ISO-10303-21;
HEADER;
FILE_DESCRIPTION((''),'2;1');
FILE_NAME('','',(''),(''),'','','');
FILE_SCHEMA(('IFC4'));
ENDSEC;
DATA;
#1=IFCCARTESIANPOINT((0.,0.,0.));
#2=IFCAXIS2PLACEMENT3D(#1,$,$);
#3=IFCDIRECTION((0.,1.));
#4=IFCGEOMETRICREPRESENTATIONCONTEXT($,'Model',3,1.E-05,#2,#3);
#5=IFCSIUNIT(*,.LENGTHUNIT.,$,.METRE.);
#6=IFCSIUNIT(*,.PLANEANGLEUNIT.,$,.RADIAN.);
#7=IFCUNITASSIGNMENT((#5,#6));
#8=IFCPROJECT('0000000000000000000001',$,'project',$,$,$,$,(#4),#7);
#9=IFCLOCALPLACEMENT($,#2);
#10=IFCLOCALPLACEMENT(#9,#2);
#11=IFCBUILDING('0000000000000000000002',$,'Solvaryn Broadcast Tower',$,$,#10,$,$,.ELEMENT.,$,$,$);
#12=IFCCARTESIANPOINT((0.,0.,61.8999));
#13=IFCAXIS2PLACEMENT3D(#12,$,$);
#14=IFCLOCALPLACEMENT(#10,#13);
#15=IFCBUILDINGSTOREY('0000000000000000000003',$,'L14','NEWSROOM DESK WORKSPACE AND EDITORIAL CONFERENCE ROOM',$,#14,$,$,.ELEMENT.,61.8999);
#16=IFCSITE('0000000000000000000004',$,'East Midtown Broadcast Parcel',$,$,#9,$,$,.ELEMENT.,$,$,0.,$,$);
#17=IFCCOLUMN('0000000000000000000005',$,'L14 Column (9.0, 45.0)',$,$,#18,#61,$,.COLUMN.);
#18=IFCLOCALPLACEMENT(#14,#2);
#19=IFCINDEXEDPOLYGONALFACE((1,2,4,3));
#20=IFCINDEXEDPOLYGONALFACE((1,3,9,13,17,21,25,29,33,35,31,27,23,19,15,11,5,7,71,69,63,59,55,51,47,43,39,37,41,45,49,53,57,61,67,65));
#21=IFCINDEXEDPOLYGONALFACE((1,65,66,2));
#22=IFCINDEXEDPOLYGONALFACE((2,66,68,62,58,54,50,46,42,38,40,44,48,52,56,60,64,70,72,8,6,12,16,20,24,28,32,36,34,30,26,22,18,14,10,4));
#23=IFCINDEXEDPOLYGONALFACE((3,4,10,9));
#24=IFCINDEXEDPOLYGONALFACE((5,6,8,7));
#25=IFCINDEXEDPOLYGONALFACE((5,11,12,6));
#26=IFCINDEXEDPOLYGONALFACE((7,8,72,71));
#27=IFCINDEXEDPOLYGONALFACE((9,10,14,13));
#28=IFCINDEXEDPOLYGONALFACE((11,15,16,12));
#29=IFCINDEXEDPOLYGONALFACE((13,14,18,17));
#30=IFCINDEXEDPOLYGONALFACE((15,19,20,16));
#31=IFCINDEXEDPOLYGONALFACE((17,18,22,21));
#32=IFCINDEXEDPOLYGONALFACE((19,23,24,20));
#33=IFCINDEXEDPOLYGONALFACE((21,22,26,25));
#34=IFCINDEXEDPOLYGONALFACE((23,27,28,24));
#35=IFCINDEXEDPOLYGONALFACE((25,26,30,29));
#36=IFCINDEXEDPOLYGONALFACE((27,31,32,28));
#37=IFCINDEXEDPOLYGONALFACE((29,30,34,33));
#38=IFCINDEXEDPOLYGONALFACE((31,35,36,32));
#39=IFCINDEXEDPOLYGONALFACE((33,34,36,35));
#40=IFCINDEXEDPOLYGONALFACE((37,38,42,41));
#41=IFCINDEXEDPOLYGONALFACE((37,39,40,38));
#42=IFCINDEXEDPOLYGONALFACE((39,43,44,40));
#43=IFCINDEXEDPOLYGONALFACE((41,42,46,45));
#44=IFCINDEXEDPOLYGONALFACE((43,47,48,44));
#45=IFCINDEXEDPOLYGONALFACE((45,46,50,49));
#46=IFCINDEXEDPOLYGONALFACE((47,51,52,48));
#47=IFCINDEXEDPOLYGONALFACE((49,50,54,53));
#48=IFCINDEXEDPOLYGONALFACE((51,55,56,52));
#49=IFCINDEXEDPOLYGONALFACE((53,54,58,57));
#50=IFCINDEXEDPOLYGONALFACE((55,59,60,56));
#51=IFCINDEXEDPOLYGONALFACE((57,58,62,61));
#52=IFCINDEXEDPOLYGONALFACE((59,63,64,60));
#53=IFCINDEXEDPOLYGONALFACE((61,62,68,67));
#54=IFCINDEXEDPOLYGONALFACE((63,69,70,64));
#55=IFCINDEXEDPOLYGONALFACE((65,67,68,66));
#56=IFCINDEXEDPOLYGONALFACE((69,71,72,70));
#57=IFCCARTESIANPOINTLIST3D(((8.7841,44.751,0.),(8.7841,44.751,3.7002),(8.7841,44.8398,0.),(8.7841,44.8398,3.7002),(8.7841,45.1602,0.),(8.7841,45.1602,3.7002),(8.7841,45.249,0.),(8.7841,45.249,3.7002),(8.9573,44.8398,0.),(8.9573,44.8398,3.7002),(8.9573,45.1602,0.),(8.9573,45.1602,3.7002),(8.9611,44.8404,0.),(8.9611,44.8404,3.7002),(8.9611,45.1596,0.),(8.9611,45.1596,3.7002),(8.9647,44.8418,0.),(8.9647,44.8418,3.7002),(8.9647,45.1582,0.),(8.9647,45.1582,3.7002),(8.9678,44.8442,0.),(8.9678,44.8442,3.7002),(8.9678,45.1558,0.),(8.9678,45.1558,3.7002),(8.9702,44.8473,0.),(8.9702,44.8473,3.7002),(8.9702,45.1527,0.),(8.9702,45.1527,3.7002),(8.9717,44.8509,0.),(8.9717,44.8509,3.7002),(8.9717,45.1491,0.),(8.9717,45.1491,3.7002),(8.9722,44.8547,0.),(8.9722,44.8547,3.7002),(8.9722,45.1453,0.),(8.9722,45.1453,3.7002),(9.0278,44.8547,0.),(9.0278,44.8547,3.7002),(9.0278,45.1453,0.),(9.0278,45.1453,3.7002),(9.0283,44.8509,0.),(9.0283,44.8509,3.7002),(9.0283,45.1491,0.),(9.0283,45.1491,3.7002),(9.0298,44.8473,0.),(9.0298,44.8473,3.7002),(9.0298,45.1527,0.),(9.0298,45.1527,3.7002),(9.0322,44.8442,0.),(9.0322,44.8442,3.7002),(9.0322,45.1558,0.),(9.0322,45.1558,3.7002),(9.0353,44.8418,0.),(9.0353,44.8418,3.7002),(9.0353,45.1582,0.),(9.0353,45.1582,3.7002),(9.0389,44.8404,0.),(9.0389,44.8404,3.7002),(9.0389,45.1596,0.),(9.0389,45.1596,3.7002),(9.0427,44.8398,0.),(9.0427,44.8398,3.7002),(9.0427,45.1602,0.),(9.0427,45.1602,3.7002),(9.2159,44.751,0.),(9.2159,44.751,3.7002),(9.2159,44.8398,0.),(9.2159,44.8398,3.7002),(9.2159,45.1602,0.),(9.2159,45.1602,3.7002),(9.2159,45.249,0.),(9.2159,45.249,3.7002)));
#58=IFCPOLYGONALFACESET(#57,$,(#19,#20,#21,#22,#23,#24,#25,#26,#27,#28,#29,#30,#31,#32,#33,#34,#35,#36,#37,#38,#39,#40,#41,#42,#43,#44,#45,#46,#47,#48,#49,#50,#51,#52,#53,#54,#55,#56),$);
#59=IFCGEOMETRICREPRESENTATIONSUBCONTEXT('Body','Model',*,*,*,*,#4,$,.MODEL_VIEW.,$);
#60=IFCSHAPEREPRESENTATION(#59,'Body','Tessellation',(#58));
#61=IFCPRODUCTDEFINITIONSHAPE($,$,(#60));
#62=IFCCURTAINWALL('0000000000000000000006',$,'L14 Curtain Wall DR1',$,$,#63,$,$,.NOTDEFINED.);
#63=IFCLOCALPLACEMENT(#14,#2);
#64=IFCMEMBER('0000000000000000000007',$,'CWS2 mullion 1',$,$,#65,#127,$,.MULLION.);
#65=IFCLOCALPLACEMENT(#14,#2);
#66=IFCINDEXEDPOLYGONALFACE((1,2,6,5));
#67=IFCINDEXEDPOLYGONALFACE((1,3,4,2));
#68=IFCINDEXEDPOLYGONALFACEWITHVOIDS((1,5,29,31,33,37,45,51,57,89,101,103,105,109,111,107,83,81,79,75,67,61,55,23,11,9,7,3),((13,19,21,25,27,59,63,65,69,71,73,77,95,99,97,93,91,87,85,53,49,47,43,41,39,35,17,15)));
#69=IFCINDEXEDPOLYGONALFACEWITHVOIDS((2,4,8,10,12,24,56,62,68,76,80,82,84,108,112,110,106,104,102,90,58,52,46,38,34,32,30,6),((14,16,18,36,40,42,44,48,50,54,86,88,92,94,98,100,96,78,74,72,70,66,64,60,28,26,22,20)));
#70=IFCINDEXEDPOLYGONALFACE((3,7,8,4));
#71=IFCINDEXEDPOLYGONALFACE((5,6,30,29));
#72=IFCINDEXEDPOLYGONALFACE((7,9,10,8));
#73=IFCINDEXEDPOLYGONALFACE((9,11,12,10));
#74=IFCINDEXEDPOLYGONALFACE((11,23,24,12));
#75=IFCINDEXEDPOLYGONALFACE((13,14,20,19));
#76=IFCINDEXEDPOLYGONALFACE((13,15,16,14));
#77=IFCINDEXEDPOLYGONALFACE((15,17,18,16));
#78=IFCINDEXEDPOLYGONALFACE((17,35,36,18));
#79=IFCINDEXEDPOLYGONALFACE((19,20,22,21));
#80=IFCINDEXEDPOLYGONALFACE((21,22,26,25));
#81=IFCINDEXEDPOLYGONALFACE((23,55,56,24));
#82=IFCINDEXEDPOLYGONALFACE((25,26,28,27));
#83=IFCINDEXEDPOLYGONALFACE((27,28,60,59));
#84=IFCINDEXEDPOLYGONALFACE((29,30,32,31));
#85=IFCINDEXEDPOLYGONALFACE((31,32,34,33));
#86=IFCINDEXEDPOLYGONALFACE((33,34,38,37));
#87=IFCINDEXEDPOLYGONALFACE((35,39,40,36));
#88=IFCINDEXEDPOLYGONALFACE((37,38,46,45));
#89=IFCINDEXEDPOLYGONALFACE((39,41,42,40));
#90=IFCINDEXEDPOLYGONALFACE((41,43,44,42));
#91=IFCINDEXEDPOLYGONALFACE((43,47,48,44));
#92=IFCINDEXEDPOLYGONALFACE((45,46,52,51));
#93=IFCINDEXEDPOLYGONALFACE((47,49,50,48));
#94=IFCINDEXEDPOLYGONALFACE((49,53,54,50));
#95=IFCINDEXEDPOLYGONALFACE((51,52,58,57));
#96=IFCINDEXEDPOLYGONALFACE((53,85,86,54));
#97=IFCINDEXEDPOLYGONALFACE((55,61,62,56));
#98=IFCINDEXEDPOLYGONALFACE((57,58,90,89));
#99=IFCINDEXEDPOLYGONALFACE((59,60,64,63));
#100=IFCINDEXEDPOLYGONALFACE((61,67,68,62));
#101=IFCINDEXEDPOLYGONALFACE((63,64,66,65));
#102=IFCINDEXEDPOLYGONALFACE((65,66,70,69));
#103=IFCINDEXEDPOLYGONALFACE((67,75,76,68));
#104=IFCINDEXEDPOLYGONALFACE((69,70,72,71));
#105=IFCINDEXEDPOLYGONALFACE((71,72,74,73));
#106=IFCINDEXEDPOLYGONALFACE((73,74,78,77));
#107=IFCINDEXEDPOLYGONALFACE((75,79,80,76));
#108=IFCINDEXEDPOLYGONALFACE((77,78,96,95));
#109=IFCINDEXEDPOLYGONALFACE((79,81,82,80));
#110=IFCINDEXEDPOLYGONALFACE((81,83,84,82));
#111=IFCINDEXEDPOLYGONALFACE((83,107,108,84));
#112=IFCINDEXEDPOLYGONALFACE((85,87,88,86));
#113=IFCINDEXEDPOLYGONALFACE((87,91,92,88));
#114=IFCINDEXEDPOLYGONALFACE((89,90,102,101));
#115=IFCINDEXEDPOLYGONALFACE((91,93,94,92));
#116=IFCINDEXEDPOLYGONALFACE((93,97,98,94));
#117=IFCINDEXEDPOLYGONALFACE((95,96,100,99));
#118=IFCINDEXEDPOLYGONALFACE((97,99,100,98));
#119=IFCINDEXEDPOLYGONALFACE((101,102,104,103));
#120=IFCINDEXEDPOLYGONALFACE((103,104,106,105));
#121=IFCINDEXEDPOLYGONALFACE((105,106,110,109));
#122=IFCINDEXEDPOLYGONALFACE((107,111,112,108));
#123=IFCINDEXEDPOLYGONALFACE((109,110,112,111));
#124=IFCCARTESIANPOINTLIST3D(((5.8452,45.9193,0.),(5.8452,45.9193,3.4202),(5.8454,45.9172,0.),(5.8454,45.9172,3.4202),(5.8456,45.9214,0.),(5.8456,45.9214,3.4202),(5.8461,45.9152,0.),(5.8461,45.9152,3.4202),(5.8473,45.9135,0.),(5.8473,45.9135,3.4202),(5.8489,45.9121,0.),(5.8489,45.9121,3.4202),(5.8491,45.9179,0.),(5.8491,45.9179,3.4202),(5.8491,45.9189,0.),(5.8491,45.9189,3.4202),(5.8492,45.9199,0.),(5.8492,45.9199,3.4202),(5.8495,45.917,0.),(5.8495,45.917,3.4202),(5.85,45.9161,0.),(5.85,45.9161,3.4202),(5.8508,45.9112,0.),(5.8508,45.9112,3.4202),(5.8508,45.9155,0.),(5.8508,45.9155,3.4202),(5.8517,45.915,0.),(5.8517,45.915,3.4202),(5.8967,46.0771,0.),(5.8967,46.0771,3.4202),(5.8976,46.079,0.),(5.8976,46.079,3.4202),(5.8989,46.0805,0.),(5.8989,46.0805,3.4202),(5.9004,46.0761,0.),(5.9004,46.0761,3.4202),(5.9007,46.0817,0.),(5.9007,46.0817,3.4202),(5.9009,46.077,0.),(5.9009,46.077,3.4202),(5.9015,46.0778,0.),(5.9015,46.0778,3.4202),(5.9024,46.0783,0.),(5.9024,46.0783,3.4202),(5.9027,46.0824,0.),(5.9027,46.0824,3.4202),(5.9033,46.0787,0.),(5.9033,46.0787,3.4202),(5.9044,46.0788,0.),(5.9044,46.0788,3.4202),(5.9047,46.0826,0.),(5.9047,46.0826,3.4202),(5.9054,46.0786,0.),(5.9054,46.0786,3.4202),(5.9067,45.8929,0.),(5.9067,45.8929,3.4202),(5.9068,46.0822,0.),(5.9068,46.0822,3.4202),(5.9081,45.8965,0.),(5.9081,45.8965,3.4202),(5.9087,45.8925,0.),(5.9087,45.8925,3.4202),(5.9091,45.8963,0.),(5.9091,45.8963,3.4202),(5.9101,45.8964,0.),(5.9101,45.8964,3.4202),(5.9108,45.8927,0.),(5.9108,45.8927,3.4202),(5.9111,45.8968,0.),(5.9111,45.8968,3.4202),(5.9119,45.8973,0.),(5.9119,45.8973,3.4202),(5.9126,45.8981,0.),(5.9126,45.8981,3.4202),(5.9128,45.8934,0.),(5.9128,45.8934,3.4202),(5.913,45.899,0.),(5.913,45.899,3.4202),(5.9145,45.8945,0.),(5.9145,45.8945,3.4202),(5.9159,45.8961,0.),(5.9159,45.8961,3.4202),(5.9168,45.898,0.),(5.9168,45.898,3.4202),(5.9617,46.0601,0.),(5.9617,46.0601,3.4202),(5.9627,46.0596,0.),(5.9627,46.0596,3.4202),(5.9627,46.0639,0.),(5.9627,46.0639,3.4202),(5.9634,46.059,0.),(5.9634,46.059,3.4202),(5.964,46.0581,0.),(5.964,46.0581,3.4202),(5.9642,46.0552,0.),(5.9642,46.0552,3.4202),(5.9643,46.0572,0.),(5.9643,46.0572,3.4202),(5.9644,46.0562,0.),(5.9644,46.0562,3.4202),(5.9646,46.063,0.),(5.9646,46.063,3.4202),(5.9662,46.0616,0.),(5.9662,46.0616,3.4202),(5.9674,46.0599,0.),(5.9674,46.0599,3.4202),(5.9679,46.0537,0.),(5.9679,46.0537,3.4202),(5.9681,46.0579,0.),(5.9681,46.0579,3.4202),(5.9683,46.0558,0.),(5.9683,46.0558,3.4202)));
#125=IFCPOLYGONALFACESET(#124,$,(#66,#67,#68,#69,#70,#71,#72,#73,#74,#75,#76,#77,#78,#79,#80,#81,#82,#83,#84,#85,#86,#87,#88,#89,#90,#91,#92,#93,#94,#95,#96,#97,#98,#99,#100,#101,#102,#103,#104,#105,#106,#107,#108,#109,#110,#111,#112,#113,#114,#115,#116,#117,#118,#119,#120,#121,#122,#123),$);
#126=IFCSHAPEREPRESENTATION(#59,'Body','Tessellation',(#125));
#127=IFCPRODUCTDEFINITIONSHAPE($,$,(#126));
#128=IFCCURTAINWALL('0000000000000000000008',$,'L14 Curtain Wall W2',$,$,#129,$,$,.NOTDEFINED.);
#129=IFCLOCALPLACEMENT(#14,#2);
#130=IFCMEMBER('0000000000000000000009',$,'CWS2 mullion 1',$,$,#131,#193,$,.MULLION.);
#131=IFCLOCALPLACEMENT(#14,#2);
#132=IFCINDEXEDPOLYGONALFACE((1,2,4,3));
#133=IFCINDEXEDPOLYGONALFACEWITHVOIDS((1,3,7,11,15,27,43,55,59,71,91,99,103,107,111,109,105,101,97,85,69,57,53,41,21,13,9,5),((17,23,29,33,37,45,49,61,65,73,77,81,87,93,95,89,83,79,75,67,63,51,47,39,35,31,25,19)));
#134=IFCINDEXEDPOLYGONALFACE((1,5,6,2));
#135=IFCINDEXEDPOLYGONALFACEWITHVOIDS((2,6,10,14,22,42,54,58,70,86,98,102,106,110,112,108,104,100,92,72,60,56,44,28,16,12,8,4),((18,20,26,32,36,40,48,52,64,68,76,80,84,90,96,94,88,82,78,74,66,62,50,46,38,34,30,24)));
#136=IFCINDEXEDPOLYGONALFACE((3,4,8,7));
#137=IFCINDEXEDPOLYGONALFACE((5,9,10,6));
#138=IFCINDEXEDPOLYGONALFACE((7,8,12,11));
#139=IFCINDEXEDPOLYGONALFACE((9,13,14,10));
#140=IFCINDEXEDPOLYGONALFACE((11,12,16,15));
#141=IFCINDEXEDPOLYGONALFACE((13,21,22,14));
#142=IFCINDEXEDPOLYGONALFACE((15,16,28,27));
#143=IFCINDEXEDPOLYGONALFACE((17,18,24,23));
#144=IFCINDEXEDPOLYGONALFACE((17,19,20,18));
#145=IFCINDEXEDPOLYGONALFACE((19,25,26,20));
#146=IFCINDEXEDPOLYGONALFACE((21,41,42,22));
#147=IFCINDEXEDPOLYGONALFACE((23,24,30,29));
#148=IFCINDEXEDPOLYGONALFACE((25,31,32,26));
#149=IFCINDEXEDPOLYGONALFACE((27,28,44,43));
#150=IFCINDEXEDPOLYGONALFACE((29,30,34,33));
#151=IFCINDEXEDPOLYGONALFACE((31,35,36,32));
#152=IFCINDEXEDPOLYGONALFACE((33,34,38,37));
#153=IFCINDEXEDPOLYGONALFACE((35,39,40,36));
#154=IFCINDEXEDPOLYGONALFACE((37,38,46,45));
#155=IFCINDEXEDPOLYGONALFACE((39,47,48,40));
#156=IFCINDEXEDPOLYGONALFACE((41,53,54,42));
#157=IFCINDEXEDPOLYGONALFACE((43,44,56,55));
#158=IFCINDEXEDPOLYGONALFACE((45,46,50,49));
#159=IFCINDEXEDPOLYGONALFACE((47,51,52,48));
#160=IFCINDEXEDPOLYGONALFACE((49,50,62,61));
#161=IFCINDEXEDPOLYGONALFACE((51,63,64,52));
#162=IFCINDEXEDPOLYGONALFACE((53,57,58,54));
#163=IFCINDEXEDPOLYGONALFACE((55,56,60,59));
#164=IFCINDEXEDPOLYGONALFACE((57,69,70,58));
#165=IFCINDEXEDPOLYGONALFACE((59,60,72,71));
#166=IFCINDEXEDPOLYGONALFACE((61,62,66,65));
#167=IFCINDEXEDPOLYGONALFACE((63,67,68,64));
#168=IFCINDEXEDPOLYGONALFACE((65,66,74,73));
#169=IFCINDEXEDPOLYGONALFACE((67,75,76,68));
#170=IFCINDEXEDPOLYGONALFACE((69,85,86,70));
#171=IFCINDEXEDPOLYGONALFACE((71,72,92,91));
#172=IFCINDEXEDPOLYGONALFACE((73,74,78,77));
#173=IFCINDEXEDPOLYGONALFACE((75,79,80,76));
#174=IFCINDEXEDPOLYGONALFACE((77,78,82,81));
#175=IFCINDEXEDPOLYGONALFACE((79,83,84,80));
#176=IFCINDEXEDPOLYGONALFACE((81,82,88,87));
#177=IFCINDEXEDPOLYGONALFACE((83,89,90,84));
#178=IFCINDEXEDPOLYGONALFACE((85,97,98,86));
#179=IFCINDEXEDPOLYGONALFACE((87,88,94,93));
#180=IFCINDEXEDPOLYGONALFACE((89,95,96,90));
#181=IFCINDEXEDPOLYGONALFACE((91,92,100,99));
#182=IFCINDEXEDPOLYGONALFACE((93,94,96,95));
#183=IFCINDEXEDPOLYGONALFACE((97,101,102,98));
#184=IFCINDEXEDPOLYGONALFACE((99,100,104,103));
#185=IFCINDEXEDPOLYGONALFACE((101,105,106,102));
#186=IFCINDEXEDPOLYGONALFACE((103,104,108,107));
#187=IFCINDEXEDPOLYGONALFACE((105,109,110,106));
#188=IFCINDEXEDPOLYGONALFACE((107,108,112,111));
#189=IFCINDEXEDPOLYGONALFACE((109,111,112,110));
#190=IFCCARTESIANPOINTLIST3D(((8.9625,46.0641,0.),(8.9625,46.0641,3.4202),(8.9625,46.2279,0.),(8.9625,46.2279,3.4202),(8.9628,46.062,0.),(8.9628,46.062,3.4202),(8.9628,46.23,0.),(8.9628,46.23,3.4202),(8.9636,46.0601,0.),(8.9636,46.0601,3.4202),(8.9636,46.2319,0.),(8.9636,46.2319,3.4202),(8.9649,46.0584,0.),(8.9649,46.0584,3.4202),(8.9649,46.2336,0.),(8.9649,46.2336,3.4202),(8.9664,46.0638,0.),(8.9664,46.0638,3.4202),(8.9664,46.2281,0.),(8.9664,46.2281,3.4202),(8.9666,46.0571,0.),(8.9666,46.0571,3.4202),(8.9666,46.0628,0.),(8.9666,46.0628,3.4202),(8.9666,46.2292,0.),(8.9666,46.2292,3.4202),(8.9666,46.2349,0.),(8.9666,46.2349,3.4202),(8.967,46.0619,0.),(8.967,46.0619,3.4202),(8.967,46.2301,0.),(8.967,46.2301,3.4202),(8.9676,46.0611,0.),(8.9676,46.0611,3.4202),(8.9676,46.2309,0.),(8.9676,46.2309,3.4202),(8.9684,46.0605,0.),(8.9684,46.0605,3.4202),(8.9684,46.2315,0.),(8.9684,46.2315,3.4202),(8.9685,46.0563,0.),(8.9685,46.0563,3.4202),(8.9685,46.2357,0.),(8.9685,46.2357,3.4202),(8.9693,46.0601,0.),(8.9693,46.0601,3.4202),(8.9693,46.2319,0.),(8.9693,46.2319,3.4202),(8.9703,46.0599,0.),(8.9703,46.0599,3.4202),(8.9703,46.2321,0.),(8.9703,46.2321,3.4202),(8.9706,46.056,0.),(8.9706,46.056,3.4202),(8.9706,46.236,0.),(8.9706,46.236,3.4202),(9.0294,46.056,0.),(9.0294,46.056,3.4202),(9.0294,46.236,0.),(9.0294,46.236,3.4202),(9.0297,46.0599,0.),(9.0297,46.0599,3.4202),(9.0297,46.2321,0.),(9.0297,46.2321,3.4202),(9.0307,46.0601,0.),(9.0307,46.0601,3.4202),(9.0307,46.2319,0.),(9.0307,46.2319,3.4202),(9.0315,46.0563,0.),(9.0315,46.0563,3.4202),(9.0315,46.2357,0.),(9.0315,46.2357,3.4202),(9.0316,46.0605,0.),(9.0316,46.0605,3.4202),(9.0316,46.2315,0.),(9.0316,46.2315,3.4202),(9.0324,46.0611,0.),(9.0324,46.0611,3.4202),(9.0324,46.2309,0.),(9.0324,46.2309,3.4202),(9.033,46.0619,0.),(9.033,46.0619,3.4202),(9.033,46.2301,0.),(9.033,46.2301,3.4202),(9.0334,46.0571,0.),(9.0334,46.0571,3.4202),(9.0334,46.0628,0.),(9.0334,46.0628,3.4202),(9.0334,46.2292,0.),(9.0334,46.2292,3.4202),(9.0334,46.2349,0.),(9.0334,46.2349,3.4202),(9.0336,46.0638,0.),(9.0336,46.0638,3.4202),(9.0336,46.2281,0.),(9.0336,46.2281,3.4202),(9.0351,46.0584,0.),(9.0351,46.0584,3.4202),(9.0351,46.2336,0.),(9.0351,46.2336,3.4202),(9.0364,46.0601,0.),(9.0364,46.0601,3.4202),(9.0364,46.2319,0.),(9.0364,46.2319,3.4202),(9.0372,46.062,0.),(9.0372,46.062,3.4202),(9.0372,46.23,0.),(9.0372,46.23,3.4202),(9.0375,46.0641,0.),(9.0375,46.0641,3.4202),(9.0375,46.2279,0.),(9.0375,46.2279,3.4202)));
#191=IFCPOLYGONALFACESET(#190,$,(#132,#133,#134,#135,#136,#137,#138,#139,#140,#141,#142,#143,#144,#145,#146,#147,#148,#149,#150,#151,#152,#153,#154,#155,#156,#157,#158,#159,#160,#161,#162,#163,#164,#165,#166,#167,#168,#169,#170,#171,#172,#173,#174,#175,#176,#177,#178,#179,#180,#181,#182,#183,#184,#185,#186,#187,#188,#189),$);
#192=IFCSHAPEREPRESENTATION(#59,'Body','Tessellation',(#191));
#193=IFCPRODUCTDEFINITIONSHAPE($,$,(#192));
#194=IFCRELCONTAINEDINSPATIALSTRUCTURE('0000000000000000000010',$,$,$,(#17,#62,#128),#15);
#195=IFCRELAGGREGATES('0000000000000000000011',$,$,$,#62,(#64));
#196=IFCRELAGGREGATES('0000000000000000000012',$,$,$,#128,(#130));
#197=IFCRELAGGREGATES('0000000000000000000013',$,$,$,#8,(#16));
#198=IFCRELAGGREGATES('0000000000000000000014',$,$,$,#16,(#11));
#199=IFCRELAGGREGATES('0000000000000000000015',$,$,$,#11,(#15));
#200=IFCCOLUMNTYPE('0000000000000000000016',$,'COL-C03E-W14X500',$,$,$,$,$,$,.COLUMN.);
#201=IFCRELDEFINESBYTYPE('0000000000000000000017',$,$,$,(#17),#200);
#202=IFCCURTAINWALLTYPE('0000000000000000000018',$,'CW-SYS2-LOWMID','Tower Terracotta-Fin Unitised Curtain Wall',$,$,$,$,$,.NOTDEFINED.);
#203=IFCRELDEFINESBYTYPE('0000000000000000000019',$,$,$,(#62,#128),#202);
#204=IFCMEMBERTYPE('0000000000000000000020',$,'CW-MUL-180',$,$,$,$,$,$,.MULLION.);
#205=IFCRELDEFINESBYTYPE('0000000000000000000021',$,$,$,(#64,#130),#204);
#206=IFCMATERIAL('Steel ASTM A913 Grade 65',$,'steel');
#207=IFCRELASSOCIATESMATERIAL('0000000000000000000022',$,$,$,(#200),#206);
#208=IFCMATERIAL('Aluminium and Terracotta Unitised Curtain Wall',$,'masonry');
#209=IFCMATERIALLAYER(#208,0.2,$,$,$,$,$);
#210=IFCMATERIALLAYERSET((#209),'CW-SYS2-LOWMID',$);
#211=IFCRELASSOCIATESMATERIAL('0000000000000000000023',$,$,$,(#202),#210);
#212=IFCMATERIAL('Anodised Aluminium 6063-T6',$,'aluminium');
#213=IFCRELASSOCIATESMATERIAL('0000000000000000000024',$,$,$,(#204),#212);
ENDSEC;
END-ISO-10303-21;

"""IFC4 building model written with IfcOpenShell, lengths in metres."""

from ifc_helpers import new_model, si_unit, direction, frame, origin, origin_2d, place, context, subcontext, project, spatial, hollow_rectangle, i_section, extrude, material, layer, layer_set, material_profile, profile_set, type_object, element, aggregate, save


model = new_model("IFC4")

# Units and contexts
model_context = context("Model", 3, precision=1e-05, world=origin(), true_north=direction((0.0, 1.0)))
body_context = subcontext(model_context, "Body", "Model", "MODEL_VIEW")
ifc_project = project(units=[si_unit("LENGTHUNIT", "METRE"), si_unit("PLANEANGLEUNIT", "RADIAN")], contexts=[model_context])

# Site, building, storey
site_placement = place(None, origin())
site = spatial("IfcSite", under=ifc_project, at=site_placement, Name="East Midtown Broadcast Parcel", CompositionType="ELEMENT", RefElevation=0.0)
building_placement = place(site_placement, origin())
building = spatial("IfcBuilding", under=site, at=building_placement, Name="Solvaryn Broadcast Tower", CompositionType="ELEMENT")
storey_placement = place(building_placement, frame((0.0, 0.0, 61.8999)))
storey = spatial("IfcBuildingStorey", under=building, at=storey_placement, Name="L14", Description="NEWSROOM DESK WORKSPACE AND EDITORIAL CONFERENCE ROOM", CompositionType="ELEMENT", Elevation=61.8999)

# Column
ifc_material_1 = material(Name="Steel ASTM A913 Grade 65", Category="steel")
ifc_material_profile_1 = material_profile(ifc_material_1, i_section(OverallWidth=0.4319, OverallDepth=0.498, WebThickness=0.0557, FlangeThickness=0.0889, FilletRadius=0.0149, at=origin_2d()))
ifc_profile_set_1 = profile_set([ifc_material_profile_1], Name="Steel ASTM A913 Grade 65")
column_type = type_object("IfcColumnType", Name="COL-C03E-W14X500", PredefinedType="COLUMN", material=ifc_profile_set_1)
column_placement = place(storey_placement, frame((9.0, 45.0, 0.0), z_axis=(0.0, 0.0, 1.0), x_axis=(1.0, 0.0, 0.0)))
element("IfcColumn", 1, at=column_placement, inside=storey, type_object=column_type, Name="L14 Column (9.0, 45.0)", PredefinedType="COLUMN", context=body_context, shape_type="SweptSolid", body=[
    extrude(i_section(OverallWidth=0.4319, OverallDepth=0.498, WebThickness=0.0557, FlangeThickness=0.0889, FilletRadius=0.0149, at=origin_2d()), origin(), (0.0, 0.0, 1.0), 3.7002),
])

# Curtain wall, member
ifc_material_2 = material(Name="Aluminium and Terracotta Unitised Curtain Wall", Category="masonry")
ifc_layer_1 = layer(ifc_material_2, 0.2)
ifc_layer_set_1 = layer_set([ifc_layer_1], Name="CW-SYS2-LOWMID")
curtain_wall_type = type_object("IfcCurtainWallType", Name="CW-SYS2-LOWMID", Description="Tower Terracotta-Fin Unitised Curtain Wall", PredefinedType="NOTDEFINED", material=ifc_layer_set_1)
curtain_wall_1_placement = place(storey_placement, origin())
curtain_wall_1 = element("IfcCurtainWall", 2, at=curtain_wall_1_placement, inside=storey, type_object=curtain_wall_type, Name="L14 Curtain Wall DR1", PredefinedType="NOTDEFINED")
ifc_material_3 = material(Name="Anodised Aluminium 6063-T6", Category="aluminium")
ifc_material_profile_2 = material_profile(ifc_material_3, hollow_rectangle(XDim=0.075, YDim=0.1799, WallThickness=0.0039, InnerFilletRadius=0.0039, OuterFilletRadius=0.0081, at=origin_2d()))
ifc_profile_set_2 = profile_set([ifc_material_profile_2], Name="Anodised Aluminium 6063-T6")
member_type_1 = type_object("IfcMemberType", Name="CW-MUL-180", PredefinedType="MULLION", material=ifc_profile_set_2)
member_1_placement = place(storey_placement, frame((5.9067, 45.9875, 0.0), z_axis=(0.0, 0.0, 1.0), x_axis=(0.950215, -0.311594, 0.0)))
member_1 = element("IfcMember", 3, at=member_1_placement, type_object=member_type_1, Name="CWS2 mullion 1", PredefinedType="MULLION", context=body_context, shape_type="SweptSolid", body=[
    extrude(hollow_rectangle(XDim=0.075, YDim=0.1799, WallThickness=0.0039, InnerFilletRadius=0.0039, OuterFilletRadius=0.0081, at=origin_2d()), origin(), (0.0, 0.0, 1.0), 3.4202),
])

# Curtain wall, member
curtain_wall_2_placement = place(storey_placement, origin())
curtain_wall_2 = element("IfcCurtainWall", 4, at=curtain_wall_2_placement, inside=storey, type_object=curtain_wall_type, Name="L14 Curtain Wall W2", PredefinedType="NOTDEFINED")
member_2_placement = place(storey_placement, frame((9.0, 46.146, 0.0), z_axis=(0.0, 0.0, 1.0), x_axis=(-1.0, 0.0, 0.0)))
member_2 = element("IfcMember", 5, at=member_2_placement, type_object=member_type_1, Name="CWS2 mullion 1", PredefinedType="MULLION", context=body_context, shape_type="SweptSolid", body=[
    extrude(hollow_rectangle(XDim=0.075, YDim=0.1799, WallThickness=0.0039, InnerFilletRadius=0.0039, OuterFilletRadius=0.0081, at=origin_2d()), origin(), (0.0, 0.0, 1.0), 3.4202),
])

aggregate(curtain_wall_1, [member_1])

aggregate(curtain_wall_2, [member_2])

save(model, "model.ifc")
